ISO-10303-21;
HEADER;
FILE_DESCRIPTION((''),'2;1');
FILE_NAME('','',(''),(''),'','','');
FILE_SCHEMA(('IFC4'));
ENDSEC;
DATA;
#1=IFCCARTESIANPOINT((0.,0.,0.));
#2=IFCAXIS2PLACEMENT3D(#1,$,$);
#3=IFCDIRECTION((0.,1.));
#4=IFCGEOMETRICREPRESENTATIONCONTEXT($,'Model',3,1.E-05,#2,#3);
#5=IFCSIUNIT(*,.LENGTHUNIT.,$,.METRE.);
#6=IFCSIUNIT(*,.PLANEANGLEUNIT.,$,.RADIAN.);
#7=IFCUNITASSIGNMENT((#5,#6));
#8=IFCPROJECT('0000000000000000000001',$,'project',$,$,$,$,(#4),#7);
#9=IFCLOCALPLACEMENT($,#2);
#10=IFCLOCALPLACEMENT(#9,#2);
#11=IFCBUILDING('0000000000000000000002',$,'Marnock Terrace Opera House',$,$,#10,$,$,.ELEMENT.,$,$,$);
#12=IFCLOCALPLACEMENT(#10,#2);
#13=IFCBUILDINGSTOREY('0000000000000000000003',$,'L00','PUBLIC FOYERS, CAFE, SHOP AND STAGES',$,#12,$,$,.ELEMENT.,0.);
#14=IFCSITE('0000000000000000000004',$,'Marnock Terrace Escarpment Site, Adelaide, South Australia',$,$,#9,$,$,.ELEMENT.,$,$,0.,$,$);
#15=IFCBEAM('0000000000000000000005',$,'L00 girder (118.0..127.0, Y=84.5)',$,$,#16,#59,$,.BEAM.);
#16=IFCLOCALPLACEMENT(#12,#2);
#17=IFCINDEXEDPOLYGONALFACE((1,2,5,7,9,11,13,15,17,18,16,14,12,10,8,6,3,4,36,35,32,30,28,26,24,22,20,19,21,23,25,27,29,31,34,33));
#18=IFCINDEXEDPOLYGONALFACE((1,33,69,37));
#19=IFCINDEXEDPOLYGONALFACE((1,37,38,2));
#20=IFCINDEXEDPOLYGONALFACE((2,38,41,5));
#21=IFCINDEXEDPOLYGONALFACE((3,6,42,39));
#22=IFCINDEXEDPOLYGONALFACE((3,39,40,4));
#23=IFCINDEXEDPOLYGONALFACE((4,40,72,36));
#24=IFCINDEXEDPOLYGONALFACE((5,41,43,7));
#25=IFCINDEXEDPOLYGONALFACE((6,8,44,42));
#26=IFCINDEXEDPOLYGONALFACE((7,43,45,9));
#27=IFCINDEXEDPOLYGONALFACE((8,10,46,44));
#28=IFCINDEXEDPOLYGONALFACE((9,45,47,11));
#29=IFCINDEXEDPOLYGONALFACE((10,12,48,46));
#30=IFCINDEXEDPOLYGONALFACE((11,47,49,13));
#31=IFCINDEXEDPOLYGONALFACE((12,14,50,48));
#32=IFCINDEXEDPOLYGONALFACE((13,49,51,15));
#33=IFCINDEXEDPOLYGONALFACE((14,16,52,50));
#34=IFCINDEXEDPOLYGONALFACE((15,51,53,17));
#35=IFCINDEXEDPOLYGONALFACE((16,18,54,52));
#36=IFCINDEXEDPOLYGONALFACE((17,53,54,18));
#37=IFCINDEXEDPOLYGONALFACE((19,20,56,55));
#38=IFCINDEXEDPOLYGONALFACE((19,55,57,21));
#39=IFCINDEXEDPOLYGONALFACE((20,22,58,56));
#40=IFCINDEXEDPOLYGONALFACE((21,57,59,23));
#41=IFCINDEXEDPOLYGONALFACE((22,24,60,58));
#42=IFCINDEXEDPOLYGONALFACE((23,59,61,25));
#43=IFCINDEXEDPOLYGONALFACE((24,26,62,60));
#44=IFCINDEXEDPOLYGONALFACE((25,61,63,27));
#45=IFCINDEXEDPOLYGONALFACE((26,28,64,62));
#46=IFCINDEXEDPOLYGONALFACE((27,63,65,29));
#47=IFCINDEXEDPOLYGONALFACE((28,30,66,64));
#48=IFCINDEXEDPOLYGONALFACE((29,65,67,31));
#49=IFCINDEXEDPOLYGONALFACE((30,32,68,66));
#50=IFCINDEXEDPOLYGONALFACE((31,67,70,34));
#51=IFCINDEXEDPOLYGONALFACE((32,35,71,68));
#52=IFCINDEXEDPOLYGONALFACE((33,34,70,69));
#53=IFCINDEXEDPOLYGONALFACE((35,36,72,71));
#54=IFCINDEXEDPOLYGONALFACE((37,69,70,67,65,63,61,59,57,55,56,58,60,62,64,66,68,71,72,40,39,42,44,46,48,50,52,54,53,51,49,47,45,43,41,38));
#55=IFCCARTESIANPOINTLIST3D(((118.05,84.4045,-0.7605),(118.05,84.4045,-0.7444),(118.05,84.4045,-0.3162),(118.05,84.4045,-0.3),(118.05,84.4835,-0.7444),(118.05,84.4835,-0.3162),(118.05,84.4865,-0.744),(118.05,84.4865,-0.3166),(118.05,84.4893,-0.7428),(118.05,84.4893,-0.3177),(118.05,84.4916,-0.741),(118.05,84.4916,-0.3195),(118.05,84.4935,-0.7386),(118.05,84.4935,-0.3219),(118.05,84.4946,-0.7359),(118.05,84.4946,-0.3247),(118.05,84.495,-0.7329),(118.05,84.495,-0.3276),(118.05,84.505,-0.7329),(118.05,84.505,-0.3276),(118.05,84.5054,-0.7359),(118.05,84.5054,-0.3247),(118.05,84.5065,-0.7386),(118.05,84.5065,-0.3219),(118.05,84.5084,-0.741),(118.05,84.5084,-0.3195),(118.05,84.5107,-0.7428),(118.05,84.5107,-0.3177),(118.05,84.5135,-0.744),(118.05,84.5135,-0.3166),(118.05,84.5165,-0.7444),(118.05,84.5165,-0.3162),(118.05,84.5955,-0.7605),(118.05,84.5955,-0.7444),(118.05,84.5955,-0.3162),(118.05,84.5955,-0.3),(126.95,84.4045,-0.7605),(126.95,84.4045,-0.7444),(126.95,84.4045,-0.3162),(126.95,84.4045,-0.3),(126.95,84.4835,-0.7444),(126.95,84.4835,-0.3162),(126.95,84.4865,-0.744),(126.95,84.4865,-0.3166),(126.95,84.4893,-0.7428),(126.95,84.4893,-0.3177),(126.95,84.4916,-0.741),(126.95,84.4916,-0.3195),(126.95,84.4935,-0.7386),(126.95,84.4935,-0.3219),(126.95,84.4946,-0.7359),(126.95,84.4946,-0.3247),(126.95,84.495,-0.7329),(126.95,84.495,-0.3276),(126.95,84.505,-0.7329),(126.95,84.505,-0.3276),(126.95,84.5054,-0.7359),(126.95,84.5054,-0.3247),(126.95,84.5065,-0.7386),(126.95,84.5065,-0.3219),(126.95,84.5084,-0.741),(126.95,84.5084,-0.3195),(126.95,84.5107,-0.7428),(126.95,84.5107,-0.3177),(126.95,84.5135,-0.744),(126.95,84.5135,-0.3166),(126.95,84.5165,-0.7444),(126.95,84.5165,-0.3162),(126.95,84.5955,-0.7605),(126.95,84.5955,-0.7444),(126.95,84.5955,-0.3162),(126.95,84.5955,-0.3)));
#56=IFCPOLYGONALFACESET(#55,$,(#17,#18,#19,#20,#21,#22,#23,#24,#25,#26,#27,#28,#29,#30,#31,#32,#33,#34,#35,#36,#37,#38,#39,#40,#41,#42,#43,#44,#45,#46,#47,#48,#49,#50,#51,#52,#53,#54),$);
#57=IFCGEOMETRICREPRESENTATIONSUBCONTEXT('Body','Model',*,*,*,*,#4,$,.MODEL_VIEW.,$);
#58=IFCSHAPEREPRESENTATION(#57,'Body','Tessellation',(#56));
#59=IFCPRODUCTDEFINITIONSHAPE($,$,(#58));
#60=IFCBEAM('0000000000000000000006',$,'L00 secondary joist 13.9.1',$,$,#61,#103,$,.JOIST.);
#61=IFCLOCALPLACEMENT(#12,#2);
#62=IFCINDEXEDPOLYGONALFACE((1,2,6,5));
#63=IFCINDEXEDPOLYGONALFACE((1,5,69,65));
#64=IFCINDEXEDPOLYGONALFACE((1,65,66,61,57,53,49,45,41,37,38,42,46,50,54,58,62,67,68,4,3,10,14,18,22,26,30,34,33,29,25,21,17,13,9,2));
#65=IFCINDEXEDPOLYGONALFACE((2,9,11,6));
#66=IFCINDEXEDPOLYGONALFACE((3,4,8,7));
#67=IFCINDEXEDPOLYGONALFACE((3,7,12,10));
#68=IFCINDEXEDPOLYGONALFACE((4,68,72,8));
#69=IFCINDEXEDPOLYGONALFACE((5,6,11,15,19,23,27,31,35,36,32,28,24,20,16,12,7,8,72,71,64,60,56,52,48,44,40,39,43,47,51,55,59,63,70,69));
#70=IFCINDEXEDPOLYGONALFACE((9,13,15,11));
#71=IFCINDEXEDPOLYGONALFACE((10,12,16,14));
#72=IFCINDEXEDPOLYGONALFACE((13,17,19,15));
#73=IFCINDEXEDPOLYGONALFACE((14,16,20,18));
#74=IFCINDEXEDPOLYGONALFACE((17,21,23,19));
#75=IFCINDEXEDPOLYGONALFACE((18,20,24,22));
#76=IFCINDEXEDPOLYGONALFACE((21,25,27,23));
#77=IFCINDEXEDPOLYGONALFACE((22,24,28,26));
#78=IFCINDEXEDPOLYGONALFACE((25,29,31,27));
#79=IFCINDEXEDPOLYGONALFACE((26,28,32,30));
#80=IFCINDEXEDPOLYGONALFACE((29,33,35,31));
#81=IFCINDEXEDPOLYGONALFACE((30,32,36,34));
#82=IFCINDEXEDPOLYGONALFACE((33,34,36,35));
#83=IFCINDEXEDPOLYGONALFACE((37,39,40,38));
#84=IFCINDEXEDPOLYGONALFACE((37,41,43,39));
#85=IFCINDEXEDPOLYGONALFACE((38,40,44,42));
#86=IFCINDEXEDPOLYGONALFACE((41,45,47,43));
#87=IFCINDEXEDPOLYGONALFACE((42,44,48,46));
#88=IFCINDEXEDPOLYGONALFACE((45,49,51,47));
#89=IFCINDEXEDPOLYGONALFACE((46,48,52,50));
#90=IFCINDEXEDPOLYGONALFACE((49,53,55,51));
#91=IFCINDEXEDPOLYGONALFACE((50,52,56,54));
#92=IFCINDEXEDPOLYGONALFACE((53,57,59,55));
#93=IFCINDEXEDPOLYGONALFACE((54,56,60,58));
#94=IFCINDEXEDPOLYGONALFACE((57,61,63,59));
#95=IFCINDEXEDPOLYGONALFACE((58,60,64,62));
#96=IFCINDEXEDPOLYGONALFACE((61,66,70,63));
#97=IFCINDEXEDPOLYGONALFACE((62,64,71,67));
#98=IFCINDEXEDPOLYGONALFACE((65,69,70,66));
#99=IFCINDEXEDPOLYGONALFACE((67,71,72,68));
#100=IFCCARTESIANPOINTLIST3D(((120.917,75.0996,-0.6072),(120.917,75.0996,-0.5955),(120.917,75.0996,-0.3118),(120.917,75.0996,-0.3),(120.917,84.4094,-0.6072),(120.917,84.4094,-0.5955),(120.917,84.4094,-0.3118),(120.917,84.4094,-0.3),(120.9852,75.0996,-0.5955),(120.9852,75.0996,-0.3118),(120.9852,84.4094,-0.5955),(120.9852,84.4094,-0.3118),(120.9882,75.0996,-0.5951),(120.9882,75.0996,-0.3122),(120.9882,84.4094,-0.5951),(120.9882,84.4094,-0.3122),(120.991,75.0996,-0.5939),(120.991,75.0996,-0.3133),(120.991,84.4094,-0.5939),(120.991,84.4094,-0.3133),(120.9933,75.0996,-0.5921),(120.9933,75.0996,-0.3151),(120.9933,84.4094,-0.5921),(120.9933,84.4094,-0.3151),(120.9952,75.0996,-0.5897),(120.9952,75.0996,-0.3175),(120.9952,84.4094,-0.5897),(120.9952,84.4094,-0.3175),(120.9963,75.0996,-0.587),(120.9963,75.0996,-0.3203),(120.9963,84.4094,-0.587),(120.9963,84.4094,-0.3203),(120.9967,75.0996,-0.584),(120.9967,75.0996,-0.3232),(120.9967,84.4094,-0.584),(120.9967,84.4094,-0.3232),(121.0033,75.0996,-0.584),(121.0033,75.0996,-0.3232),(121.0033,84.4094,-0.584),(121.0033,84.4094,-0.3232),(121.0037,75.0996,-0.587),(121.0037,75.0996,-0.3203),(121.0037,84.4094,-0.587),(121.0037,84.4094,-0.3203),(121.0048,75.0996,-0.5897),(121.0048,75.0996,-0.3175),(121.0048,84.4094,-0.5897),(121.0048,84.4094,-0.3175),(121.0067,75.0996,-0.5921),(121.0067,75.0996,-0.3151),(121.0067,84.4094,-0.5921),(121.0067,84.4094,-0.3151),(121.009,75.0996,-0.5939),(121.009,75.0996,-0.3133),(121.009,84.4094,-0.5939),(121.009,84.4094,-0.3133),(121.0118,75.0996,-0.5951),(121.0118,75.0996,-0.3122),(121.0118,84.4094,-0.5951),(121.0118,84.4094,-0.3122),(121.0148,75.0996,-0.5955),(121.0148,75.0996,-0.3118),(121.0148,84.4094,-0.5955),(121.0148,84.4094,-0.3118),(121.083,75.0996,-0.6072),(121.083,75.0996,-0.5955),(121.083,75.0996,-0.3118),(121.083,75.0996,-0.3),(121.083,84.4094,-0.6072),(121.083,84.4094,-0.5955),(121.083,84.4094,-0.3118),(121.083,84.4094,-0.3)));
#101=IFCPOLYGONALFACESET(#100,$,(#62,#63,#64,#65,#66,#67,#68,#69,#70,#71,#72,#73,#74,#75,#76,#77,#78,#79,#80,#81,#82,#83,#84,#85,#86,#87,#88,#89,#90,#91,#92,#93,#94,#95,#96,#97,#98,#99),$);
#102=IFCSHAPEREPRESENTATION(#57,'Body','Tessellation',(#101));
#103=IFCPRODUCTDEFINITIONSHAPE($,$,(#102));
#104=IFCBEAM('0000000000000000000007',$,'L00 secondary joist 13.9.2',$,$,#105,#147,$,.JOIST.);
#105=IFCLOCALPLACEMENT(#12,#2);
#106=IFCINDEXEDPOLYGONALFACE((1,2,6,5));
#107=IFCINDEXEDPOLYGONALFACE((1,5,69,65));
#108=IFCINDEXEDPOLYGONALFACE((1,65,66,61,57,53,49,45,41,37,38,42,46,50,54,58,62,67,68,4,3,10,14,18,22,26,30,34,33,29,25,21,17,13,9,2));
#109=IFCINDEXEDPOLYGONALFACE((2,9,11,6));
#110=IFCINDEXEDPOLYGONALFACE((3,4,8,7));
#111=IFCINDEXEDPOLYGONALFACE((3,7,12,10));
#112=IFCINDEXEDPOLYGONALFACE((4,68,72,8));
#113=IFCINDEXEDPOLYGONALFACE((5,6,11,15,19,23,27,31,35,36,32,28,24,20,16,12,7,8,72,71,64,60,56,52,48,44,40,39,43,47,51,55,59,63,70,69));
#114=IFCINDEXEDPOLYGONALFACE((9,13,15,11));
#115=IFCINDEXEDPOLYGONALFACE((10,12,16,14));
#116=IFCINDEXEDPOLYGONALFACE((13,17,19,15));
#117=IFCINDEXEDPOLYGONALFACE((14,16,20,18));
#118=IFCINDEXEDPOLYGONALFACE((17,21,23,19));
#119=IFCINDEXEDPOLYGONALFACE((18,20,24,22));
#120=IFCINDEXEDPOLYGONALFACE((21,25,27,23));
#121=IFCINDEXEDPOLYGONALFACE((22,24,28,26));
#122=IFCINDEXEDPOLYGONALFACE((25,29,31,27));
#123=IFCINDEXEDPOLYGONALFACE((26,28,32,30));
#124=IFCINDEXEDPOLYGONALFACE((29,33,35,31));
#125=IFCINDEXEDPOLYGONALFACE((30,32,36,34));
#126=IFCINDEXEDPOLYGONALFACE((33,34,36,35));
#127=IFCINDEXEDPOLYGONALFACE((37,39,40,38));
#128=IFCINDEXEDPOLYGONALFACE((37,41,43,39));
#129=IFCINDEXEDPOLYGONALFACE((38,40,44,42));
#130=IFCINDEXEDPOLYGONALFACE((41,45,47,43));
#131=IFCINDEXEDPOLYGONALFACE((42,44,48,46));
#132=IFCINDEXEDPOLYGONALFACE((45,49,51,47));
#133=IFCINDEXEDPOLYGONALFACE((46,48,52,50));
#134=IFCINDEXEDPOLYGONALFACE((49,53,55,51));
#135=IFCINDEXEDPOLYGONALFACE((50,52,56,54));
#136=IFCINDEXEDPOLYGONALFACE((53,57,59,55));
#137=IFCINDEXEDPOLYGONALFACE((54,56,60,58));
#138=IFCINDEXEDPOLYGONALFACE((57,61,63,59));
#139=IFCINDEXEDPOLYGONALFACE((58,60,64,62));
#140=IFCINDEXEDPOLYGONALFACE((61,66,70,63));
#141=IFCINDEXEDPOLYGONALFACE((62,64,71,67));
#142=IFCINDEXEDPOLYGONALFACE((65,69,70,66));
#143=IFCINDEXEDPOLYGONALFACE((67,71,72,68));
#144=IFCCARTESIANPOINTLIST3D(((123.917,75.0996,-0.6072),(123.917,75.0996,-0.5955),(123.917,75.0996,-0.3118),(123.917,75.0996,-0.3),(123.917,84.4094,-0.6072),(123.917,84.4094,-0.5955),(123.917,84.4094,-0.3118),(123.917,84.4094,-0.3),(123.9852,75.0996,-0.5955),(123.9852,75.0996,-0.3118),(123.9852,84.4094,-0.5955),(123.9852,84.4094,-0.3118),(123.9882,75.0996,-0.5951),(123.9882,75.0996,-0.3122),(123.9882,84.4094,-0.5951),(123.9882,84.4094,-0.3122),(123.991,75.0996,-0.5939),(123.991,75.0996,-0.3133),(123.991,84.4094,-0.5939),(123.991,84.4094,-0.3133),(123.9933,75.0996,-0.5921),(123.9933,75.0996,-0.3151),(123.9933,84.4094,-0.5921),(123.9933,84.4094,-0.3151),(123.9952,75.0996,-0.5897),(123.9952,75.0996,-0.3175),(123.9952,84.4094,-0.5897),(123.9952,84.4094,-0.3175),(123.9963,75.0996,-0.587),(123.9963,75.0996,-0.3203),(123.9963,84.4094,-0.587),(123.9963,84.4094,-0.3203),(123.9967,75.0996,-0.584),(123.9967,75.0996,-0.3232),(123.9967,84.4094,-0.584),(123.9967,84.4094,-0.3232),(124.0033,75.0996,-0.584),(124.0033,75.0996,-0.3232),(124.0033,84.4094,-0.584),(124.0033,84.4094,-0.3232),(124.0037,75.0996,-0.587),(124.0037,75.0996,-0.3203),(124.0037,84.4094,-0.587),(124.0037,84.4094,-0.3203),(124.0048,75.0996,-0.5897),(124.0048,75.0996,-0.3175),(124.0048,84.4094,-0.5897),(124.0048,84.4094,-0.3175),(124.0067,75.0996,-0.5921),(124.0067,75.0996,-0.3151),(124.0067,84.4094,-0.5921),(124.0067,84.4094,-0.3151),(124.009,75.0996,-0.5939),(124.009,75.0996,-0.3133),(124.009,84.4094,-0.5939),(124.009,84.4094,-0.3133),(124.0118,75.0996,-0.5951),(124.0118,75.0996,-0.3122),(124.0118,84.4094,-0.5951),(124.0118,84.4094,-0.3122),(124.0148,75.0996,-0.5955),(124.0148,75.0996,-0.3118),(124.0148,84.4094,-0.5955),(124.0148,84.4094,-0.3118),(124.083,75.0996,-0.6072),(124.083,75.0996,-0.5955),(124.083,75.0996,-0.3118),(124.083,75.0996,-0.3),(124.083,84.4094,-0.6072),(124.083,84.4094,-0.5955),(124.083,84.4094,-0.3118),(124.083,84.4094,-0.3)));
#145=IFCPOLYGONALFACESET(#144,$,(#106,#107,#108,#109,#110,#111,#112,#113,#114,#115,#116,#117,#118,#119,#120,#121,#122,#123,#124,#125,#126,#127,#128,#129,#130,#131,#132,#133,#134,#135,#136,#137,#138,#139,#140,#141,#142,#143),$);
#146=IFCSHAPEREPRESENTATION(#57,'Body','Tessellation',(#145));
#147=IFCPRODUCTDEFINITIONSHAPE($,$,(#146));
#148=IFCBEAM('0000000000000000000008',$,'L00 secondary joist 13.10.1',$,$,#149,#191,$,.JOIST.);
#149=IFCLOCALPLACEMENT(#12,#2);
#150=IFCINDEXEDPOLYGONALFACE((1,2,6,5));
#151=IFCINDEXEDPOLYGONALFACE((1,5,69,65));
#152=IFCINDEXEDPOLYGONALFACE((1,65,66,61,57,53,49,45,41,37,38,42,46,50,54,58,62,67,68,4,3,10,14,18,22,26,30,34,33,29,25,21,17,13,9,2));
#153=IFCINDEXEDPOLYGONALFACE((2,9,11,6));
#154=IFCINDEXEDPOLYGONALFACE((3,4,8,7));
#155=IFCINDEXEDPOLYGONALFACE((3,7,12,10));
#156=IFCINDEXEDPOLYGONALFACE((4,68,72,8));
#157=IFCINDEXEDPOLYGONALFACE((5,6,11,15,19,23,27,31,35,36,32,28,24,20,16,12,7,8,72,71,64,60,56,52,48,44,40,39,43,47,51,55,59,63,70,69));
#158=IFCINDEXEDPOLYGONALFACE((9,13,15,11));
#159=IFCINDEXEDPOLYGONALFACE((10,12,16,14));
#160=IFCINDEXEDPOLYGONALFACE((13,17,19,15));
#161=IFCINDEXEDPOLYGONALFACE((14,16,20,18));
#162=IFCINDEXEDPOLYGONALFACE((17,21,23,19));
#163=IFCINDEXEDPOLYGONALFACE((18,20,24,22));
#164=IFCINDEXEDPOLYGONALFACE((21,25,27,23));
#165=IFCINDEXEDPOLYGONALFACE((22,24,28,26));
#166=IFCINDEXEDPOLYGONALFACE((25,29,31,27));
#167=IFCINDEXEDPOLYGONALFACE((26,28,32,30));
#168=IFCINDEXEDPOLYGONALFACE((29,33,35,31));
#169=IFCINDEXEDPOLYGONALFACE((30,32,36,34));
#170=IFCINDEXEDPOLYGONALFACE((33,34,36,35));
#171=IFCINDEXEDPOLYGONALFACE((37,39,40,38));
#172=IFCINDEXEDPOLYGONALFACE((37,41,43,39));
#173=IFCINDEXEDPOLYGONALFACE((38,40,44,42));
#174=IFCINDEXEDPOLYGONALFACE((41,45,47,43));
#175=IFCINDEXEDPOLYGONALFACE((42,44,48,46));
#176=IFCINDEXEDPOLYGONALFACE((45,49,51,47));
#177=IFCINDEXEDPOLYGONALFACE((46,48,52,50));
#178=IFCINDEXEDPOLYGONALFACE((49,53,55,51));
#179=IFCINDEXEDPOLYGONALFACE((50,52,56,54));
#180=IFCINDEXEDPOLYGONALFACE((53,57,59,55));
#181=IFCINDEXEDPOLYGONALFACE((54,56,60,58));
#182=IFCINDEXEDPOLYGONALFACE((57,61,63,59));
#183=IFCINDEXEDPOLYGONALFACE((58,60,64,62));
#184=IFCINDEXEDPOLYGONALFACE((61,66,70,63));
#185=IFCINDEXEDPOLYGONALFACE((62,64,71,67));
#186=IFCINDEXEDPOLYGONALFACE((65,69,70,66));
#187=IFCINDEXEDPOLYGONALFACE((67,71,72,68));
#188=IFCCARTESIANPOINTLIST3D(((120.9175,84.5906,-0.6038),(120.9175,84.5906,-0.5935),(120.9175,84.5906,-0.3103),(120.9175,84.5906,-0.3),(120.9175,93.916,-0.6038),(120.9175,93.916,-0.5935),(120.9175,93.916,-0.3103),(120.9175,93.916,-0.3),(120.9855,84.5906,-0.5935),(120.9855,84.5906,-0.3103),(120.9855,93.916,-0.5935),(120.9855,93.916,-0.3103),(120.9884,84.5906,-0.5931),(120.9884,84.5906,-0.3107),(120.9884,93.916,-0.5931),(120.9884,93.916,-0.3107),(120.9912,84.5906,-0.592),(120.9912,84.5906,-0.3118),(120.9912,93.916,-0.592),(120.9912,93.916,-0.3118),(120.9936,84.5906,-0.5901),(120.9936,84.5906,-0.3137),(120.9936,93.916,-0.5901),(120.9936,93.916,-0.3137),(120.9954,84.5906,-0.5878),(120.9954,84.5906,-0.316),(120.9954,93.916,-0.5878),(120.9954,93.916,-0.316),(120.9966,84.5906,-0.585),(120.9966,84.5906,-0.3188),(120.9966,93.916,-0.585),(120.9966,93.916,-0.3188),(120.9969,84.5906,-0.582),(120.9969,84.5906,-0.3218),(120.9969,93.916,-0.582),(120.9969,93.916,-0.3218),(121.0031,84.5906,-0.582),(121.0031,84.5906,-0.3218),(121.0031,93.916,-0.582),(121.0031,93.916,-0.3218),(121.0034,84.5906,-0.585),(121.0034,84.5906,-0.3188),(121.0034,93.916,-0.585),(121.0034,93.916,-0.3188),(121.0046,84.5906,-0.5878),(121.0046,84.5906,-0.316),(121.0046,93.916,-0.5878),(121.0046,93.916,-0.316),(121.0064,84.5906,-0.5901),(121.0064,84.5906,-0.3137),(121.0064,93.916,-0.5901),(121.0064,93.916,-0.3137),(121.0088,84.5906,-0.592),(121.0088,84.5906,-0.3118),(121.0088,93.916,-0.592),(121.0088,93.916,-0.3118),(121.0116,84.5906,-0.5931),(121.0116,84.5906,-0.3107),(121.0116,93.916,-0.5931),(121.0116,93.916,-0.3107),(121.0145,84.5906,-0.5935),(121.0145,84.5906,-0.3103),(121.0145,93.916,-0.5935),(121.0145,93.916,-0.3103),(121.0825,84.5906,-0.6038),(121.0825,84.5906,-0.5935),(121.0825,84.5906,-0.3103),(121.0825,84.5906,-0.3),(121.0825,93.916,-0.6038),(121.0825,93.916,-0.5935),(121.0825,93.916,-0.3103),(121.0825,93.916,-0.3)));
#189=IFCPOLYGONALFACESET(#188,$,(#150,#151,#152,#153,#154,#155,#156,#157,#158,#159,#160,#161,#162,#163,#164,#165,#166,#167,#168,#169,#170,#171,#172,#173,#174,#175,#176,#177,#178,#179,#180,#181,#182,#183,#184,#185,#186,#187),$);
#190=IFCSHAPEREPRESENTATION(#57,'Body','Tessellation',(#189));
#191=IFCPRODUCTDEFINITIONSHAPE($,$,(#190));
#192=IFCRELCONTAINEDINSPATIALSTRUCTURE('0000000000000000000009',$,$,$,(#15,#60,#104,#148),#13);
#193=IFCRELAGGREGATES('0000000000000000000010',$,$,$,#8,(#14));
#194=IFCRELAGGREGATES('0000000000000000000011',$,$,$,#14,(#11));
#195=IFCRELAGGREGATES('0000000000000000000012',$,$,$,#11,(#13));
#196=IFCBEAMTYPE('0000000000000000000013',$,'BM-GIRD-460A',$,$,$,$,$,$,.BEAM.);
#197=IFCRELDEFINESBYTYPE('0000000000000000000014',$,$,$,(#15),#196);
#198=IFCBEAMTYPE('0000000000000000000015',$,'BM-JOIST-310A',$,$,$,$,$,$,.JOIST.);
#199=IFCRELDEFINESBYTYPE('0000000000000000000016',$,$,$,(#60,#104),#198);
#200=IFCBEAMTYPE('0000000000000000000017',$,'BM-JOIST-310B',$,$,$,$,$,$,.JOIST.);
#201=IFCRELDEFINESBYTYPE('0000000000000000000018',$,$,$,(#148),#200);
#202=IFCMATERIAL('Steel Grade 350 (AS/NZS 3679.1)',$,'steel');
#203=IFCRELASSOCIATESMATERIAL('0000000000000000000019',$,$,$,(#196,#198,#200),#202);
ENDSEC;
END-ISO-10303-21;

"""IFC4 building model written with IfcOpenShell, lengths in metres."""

from ifc_helpers import new_model, si_unit, direction, frame, origin, origin_2d, place, context, subcontext, project, spatial, i_section, extrude, material, material_profile, profile_set, type_object, element, save


model = new_model("IFC4")

# Units and contexts
model_context = context("Model", 3, precision=1e-05, world=origin(), true_north=direction((0.0, 1.0)))
body_context = subcontext(model_context, "Body", "Model", "MODEL_VIEW")
ifc_project = project(units=[si_unit("LENGTHUNIT", "METRE"), si_unit("PLANEANGLEUNIT", "RADIAN")], contexts=[model_context])

# Site, building, storey
site_placement = place(None, origin())
site = spatial("IfcSite", under=ifc_project, at=site_placement, Name="Marnock Terrace Escarpment Site, Adelaide, South Australia", CompositionType="ELEMENT", RefElevation=0.0)
building_placement = place(site_placement, origin())
building = spatial("IfcBuilding", under=site, at=building_placement, Name="Marnock Terrace Opera House", CompositionType="ELEMENT")
storey_placement = place(building_placement, origin())
storey = spatial("IfcBuildingStorey", under=building, at=storey_placement, Name="L00", Description="PUBLIC FOYERS, CAFE, SHOP AND STAGES", CompositionType="ELEMENT", Elevation=0.0)

# Beams
ifc_material_1 = material(Name="Steel Grade 350 (AS/NZS 3679.1)", Category="steel")
ifc_material_profile_1 = material_profile(ifc_material_1, i_section(OverallWidth=0.1909, OverallDepth=0.4604, WebThickness=0.01, FlangeThickness=0.0161, FilletRadius=0.0115, at=origin_2d()))
ifc_profile_set_1 = profile_set([ifc_material_profile_1], Name="Steel Grade 350 (AS/NZS 3679.1)")
beam_type_1 = type_object("IfcBeamType", Name="BM-GIRD-460A", PredefinedType="BEAM", material=ifc_profile_set_1)
beam_1_placement = place(storey_placement, frame((118.05, 84.5, -0.5303), z_axis=(1.0, 0.0, 0.0), x_axis=(0.0, 1.0, 0.0)))
element("IfcBeam", 1, at=beam_1_placement, inside=storey, type_object=beam_type_1, Name="L00 girder (118.0..127.0, Y=84.5)", PredefinedType="BEAM", context=body_context, shape_type="SweptSolid", body=[
    extrude(i_section(OverallWidth=0.1909, OverallDepth=0.4604, WebThickness=0.01, FlangeThickness=0.0161, FilletRadius=0.0115, at=origin_2d()), origin(), (0.0, 0.0, 1.0), 8.8999),
])
ifc_material_profile_2 = material_profile(ifc_material_1, i_section(OverallWidth=0.166, OverallDepth=0.3071, WebThickness=0.0066, FlangeThickness=0.0117, FilletRadius=0.0115, at=origin_2d()))
ifc_profile_set_2 = profile_set([ifc_material_profile_2], Name="Steel Grade 350 (AS/NZS 3679.1)")
beam_type_2 = type_object("IfcBeamType", Name="BM-JOIST-310A", PredefinedType="JOIST", material=ifc_profile_set_2)
for number, where, z_axis, x_axis, name in (
    (2, (121.0, 75.0996, -0.4536), (0.0, 1.0, 0.0), (-1.0, 0.0, 0.0), "L00 secondary joist 13.9.1"),
    (3, (124.0, 75.0996, -0.4536), (0.0, 1.0, 0.0), (-1.0, 0.0, 0.0), "L00 secondary joist 13.9.2"),
):
    element("IfcBeam", number, at=place(storey_placement, frame(where, z_axis=z_axis, x_axis=x_axis)), inside=storey, type_object=beam_type_2, Name=name, PredefinedType="JOIST", context=body_context, shape_type="SweptSolid", body=[
        extrude(i_section(OverallWidth=0.166, OverallDepth=0.3071, WebThickness=0.0066, FlangeThickness=0.0117, FilletRadius=0.0115, at=origin_2d()), origin(), (0.0, 0.0, 1.0), 9.3098),
    ])
ifc_material_profile_3 = material_profile(ifc_material_1, i_section(OverallWidth=0.165, OverallDepth=0.3037, WebThickness=0.0061, FlangeThickness=0.0103, FilletRadius=0.0115, at=origin_2d()))
ifc_profile_set_3 = profile_set([ifc_material_profile_3], Name="Steel Grade 350 (AS/NZS 3679.1)")
beam_type_3 = type_object("IfcBeamType", Name="BM-JOIST-310B", PredefinedType="JOIST", material=ifc_profile_set_3)
beam_2_placement = place(storey_placement, frame((121.0, 84.5906, -0.4519), z_axis=(0.0, 1.0, 0.0), x_axis=(-1.0, 0.0, 0.0)))
element("IfcBeam", 4, at=beam_2_placement, inside=storey, type_object=beam_type_3, Name="L00 secondary joist 13.10.1", PredefinedType="JOIST", context=body_context, shape_type="SweptSolid", body=[
    extrude(i_section(OverallWidth=0.165, OverallDepth=0.3037, WebThickness=0.0061, FlangeThickness=0.0103, FilletRadius=0.0115, at=origin_2d()), origin(), (0.0, 0.0, 1.0), 9.3254),
])

save(model, "model.ifc")
